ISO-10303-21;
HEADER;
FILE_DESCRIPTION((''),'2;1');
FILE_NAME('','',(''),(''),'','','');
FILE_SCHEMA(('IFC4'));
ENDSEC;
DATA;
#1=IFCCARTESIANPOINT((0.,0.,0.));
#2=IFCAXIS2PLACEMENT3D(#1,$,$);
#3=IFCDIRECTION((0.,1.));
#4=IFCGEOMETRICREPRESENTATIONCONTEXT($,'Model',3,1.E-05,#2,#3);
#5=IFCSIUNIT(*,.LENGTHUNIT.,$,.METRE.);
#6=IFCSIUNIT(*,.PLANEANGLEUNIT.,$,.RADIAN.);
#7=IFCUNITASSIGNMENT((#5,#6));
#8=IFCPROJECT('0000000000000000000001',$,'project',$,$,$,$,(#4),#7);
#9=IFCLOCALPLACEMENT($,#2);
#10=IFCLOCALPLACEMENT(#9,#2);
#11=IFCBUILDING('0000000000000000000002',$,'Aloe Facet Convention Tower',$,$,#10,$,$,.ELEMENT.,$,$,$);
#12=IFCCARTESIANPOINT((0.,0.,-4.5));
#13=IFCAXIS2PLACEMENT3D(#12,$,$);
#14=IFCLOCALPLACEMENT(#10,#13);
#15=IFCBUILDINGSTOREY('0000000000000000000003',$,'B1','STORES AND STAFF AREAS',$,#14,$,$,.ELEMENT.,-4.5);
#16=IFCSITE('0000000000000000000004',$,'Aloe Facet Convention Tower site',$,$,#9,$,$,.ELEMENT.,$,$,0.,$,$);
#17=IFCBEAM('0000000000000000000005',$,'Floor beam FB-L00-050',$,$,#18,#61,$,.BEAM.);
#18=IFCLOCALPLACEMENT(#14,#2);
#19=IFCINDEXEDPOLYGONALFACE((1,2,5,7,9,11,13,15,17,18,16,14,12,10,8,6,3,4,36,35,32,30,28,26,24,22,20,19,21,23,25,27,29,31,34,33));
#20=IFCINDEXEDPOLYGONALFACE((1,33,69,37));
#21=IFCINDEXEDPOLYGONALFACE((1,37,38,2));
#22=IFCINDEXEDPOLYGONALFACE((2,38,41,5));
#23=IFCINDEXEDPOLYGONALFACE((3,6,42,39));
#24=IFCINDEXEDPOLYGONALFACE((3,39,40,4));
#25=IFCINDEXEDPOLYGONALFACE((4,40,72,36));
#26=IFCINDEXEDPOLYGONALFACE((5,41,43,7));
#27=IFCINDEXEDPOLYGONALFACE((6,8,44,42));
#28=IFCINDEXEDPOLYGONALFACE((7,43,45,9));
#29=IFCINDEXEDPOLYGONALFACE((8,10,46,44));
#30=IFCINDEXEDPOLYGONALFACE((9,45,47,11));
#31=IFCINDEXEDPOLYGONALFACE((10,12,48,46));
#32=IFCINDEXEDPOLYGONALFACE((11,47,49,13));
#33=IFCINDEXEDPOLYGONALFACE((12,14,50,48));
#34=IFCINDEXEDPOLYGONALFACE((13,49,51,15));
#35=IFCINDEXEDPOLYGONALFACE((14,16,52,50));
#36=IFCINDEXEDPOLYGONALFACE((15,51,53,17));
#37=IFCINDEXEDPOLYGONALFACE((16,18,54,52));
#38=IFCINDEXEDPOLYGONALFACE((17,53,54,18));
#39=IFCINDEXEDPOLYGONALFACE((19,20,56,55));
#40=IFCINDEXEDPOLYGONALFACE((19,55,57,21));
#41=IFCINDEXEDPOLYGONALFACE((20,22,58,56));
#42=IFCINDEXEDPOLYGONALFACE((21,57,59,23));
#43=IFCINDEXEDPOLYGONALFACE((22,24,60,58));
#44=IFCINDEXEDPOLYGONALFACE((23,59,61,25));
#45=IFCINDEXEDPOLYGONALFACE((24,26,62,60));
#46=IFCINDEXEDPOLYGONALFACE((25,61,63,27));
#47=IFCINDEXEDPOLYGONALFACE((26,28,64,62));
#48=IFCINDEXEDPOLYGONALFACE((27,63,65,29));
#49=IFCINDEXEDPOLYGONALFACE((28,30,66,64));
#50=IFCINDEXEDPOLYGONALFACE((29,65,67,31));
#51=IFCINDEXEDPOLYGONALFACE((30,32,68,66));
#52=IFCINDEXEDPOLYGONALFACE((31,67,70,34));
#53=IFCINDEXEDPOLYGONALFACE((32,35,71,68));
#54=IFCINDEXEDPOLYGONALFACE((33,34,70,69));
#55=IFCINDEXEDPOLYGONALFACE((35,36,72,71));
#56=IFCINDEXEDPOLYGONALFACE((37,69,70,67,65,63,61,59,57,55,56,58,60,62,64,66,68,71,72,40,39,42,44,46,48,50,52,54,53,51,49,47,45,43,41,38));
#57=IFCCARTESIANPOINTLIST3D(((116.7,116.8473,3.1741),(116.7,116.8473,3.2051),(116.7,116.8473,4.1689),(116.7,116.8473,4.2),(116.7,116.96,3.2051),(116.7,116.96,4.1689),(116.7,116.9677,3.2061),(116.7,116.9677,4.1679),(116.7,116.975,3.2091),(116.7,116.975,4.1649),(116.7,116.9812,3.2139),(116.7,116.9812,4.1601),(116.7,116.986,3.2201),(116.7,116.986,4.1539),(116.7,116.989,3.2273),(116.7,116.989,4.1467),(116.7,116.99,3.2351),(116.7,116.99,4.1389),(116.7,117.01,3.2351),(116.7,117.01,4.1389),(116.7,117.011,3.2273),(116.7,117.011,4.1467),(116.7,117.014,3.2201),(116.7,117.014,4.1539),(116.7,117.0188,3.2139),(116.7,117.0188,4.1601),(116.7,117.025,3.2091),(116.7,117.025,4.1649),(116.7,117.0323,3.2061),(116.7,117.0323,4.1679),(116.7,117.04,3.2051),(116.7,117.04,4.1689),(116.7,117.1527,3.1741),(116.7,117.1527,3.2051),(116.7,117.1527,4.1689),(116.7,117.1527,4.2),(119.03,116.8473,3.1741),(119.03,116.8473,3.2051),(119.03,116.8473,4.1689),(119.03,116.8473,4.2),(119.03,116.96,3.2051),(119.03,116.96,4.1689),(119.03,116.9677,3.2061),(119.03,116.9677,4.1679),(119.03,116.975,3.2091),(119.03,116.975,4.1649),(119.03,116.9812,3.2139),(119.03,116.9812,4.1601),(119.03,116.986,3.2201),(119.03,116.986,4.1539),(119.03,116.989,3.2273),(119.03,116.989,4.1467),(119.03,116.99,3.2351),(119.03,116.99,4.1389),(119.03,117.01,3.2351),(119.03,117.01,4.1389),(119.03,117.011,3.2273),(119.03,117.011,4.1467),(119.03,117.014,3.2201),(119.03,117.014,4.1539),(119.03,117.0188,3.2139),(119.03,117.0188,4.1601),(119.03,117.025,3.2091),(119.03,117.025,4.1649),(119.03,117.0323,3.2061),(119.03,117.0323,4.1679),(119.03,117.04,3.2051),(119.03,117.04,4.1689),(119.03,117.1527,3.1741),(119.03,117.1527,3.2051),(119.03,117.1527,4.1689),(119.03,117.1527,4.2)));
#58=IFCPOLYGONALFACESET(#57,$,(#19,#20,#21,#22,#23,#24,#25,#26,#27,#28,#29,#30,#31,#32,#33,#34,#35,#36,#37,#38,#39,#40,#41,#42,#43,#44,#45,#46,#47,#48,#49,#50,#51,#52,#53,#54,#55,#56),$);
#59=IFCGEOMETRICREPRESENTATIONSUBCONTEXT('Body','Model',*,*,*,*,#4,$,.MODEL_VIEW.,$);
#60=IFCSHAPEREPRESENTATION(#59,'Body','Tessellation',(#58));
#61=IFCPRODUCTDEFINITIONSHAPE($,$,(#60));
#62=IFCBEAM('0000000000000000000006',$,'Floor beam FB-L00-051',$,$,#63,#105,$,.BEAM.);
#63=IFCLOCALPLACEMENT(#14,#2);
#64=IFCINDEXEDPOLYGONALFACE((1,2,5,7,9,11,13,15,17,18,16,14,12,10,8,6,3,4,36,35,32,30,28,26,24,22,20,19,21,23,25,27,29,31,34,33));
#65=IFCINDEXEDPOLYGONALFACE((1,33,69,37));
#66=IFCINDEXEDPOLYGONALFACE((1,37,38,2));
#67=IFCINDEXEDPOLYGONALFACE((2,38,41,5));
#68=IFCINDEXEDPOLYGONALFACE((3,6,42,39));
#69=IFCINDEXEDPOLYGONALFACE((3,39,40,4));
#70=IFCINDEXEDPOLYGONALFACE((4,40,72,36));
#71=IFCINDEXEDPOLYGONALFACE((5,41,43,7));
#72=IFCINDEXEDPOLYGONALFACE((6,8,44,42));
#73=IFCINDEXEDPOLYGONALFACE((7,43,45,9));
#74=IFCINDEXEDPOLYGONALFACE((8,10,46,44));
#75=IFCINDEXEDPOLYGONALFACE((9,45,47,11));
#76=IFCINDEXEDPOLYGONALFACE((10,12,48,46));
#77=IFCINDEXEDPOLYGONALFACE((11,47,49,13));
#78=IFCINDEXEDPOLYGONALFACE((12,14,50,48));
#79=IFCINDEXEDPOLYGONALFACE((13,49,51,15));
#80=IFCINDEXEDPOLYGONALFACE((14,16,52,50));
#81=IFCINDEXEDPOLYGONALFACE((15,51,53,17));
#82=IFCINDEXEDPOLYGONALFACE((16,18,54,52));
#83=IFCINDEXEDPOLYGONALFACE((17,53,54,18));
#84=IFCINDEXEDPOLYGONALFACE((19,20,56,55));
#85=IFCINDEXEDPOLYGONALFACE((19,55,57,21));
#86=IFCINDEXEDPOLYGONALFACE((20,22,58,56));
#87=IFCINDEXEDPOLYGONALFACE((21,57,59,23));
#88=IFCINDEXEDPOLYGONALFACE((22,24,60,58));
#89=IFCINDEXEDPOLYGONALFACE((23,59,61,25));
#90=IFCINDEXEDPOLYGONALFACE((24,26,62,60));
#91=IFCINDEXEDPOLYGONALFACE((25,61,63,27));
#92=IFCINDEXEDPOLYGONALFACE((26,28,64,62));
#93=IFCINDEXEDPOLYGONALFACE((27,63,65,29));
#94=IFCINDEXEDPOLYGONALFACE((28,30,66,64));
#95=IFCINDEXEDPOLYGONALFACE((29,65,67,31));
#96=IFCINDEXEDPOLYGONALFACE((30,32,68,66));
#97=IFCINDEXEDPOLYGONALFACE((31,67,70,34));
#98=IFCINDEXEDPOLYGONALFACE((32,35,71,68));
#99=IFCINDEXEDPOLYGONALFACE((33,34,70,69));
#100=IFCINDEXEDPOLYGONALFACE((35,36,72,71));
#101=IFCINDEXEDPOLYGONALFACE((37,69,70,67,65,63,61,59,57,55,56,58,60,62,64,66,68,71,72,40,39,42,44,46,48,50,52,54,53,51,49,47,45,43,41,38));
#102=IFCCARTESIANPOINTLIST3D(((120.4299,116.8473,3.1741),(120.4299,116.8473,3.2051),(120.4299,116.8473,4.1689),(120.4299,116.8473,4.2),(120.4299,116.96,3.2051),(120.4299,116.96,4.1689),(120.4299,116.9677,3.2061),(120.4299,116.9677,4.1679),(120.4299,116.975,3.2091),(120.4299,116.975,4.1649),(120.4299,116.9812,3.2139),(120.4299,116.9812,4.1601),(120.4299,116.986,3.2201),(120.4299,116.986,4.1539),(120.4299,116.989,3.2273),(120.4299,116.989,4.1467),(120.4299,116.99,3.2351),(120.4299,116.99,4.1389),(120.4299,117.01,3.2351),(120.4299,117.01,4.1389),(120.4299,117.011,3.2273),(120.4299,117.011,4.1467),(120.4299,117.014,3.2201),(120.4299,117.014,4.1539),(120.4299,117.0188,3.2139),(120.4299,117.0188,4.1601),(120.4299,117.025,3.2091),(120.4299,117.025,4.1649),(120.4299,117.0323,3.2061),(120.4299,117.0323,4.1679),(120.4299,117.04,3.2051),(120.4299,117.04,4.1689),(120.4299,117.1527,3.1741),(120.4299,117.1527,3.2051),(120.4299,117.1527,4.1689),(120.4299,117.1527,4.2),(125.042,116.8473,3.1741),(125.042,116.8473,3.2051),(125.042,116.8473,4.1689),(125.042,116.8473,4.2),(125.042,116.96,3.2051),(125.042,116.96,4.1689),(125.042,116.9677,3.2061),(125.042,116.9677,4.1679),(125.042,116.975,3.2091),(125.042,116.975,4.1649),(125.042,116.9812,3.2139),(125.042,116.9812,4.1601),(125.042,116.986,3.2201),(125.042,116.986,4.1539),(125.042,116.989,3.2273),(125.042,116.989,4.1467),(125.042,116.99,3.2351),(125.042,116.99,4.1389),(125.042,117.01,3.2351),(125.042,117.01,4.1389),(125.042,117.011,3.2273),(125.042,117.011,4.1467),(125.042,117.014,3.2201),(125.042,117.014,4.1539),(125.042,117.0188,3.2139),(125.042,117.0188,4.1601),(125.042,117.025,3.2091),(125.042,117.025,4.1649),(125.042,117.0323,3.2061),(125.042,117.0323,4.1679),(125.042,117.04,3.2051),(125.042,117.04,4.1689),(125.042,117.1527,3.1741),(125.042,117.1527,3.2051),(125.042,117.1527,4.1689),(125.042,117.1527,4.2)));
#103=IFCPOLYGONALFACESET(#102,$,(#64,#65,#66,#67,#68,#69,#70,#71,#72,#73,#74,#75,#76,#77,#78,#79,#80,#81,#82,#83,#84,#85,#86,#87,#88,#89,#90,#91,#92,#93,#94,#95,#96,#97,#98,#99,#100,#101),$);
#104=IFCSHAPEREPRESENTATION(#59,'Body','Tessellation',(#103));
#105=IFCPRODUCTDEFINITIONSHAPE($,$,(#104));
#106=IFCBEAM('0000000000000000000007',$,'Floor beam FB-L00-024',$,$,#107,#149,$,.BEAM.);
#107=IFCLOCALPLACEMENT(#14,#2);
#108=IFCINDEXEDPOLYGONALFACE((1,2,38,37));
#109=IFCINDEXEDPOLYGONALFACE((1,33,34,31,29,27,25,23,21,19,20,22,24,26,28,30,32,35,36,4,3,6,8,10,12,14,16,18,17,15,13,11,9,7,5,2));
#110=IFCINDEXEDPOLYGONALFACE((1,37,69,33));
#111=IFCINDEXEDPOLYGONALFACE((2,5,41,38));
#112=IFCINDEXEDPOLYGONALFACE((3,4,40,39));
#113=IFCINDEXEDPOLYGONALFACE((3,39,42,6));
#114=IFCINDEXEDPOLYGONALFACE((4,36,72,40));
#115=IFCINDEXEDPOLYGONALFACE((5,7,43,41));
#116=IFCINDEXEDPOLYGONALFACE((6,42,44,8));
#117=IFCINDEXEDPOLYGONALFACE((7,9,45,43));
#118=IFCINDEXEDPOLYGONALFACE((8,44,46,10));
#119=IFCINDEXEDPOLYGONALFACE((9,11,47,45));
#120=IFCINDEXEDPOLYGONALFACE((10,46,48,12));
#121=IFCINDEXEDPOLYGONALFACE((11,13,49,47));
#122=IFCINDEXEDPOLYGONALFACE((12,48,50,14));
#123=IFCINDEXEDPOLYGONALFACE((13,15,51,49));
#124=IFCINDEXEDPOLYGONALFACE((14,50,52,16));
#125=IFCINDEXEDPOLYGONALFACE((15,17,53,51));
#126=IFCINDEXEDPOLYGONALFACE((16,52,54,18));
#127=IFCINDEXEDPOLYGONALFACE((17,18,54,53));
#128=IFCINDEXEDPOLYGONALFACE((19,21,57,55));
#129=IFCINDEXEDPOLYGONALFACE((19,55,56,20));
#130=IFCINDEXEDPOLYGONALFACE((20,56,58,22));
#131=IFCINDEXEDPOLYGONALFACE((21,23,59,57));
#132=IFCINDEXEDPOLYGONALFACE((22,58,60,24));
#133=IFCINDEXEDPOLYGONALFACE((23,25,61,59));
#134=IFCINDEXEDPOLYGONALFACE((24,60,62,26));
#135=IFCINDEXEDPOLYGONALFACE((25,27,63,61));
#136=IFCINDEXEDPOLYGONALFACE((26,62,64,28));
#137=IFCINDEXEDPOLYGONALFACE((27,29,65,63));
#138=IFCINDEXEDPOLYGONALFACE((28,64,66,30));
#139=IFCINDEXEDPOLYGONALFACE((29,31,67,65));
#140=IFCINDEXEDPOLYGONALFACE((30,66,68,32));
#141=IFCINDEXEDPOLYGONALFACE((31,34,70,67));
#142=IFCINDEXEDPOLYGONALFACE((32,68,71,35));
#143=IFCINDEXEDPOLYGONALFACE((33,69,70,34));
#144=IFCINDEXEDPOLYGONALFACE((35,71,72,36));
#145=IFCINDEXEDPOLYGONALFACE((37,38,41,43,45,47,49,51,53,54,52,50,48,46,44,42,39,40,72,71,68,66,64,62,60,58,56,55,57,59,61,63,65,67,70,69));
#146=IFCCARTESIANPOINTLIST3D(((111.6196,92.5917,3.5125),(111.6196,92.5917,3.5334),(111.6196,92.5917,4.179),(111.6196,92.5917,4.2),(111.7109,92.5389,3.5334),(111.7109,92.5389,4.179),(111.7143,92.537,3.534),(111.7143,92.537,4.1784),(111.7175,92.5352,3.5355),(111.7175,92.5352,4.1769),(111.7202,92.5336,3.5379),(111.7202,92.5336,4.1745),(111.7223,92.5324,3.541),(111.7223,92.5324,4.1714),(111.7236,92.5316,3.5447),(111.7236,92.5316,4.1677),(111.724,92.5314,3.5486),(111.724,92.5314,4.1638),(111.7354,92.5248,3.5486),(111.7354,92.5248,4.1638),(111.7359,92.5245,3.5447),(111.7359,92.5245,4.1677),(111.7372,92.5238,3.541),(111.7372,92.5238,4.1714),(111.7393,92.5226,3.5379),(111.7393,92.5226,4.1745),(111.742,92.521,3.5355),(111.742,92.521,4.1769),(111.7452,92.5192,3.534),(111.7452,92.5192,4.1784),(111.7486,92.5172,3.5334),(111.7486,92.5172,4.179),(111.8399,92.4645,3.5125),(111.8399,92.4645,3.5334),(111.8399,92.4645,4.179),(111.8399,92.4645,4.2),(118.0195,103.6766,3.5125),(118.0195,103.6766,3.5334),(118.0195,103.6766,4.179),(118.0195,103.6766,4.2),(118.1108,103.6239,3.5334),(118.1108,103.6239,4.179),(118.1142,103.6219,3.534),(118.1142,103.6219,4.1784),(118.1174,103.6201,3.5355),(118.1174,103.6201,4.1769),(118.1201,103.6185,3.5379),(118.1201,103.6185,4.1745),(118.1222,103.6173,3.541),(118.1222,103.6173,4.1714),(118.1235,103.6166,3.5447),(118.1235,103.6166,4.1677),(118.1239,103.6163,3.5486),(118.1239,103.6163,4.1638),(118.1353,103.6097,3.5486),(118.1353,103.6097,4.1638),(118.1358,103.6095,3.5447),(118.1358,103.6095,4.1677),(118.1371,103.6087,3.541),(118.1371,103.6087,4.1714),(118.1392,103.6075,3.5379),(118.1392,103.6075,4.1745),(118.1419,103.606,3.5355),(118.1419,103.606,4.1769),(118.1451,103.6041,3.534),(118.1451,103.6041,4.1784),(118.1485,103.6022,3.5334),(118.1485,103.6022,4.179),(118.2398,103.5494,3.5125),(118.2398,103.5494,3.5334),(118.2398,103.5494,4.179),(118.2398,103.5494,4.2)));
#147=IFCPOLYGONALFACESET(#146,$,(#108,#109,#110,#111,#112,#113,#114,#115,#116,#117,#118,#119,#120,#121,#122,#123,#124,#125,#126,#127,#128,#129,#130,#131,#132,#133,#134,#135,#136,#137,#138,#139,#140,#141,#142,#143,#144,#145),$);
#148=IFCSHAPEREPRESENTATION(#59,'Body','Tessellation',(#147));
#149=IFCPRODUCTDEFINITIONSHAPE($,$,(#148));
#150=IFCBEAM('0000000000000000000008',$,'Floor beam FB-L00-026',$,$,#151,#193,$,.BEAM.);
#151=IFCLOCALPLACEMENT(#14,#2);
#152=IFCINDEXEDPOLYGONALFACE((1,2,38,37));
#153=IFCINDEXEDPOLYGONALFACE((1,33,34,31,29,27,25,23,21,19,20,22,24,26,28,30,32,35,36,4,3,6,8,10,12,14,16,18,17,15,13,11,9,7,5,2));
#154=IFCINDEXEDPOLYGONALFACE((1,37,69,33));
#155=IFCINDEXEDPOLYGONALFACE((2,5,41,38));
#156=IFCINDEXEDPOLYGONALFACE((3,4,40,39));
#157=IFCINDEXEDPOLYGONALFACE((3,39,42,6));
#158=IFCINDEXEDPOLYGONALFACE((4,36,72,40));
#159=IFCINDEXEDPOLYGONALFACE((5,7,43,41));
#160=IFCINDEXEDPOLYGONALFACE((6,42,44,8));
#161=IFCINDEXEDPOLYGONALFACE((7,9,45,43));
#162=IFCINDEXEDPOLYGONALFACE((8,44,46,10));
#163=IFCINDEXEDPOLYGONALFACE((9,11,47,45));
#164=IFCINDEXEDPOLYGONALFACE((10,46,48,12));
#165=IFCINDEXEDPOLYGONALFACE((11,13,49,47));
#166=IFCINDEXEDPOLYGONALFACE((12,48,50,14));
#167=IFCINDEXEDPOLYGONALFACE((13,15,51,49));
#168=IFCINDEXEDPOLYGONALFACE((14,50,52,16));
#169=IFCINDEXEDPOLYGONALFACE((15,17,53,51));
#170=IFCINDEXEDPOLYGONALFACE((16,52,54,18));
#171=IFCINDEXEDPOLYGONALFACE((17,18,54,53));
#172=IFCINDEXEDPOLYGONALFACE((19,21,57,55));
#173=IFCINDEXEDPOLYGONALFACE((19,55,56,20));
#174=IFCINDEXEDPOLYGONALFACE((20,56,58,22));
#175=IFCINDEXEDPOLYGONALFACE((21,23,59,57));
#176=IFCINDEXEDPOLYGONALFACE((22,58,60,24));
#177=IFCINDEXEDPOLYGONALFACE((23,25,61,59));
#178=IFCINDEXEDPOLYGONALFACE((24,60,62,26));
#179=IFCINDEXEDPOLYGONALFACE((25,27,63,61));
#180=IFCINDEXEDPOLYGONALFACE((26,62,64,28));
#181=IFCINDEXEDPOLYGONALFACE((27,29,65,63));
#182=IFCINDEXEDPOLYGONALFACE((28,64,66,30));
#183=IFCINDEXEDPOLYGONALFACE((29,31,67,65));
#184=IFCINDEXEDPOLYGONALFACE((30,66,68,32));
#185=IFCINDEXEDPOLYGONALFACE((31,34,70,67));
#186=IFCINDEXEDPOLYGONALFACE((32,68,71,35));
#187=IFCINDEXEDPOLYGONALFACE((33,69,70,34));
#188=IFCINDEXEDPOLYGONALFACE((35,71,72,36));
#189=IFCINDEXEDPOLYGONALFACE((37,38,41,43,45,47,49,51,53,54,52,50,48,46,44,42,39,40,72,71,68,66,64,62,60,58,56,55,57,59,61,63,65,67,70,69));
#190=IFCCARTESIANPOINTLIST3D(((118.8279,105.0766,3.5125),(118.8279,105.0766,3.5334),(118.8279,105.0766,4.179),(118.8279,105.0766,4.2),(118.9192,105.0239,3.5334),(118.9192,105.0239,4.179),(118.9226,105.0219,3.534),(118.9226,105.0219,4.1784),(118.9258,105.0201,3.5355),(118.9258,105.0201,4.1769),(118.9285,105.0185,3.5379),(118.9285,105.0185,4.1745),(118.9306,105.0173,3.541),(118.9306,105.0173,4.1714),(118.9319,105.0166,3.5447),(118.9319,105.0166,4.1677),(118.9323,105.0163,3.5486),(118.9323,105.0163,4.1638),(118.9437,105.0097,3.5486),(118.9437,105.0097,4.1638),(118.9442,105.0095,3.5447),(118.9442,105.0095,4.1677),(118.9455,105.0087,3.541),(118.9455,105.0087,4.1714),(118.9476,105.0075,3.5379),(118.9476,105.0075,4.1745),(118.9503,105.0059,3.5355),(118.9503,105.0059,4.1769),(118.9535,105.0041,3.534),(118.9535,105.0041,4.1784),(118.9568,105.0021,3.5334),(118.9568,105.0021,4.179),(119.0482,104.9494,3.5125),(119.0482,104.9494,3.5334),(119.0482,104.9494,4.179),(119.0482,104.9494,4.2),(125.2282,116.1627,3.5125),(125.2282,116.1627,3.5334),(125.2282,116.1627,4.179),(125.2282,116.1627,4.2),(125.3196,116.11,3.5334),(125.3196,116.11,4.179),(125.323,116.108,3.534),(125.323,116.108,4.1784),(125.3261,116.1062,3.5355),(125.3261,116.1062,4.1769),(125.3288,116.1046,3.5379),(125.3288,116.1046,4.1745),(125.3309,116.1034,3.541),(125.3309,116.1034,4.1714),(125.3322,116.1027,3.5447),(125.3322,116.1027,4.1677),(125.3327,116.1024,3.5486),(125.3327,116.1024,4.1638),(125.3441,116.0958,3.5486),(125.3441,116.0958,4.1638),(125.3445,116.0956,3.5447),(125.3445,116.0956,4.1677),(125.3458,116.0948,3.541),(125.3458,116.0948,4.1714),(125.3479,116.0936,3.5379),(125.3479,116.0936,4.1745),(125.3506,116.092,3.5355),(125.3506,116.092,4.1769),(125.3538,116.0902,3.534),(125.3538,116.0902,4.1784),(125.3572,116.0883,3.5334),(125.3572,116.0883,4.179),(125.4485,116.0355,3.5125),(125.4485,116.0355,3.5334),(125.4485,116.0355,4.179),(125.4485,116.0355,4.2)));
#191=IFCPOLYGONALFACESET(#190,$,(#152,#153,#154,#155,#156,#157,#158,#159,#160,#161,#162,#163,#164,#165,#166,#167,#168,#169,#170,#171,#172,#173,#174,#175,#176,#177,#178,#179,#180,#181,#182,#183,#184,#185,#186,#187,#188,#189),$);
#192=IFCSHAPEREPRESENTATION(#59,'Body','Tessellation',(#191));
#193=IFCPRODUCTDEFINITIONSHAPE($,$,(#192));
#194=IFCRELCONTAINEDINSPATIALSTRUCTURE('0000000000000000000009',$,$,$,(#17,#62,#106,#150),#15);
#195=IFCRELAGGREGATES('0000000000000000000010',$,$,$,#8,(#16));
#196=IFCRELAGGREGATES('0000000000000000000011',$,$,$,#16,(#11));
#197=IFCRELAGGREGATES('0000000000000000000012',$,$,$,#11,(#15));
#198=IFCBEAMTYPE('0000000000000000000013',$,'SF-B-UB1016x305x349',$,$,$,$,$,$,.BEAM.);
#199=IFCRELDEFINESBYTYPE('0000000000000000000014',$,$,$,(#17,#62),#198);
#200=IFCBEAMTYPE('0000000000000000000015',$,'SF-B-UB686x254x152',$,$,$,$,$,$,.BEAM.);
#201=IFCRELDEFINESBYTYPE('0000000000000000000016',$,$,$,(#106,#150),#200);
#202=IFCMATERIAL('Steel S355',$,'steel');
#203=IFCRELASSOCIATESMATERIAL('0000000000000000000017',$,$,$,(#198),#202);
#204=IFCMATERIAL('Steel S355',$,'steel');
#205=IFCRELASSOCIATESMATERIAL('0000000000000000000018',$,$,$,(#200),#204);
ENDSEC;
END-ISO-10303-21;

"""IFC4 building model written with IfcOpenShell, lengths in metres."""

from ifc_helpers import new_model, si_unit, direction, frame, origin, origin_2d, place, context, subcontext, project, spatial, i_section, extrude, material, material_profile, profile_set, type_object, element, save


model = new_model("IFC4")

# Units and contexts
model_context = context("Model", 3, precision=1e-05, world=origin(), true_north=direction((0.0, 1.0)))
body_context = subcontext(model_context, "Body", "Model", "MODEL_VIEW")
ifc_project = project(units=[si_unit("LENGTHUNIT", "METRE"), si_unit("PLANEANGLEUNIT", "RADIAN")], contexts=[model_context])

# Site, building, storey
site_placement = place(None, origin())
site = spatial("IfcSite", under=ifc_project, at=site_placement, Name="Aloe Facet Convention Tower site", CompositionType="ELEMENT", RefElevation=0.0)
building_placement = place(site_placement, origin())
building = spatial("IfcBuilding", under=site, at=building_placement, Name="Aloe Facet Convention Tower", CompositionType="ELEMENT")
storey_placement = place(building_placement, frame((0.0, 0.0, -4.5)))
storey = spatial("IfcBuildingStorey", under=building, at=storey_placement, Name="B1", Description="STORES AND STAFF AREAS", CompositionType="ELEMENT", Elevation=-4.5)

# Beams
ifc_material_1 = material(Name="Steel S355", Category="steel")
ifc_material_profile_1 = material_profile(ifc_material_1, i_section(OverallWidth=0.3054, OverallDepth=1.0259, WebThickness=0.02, FlangeThickness=0.031, FilletRadius=0.03, at=origin_2d()), Name="UB 1016x305x349")
ifc_profile_set_1 = profile_set([ifc_material_profile_1], Name="Steel S355")
beam_type_1 = type_object("IfcBeamType", Name="SF-B-UB1016x305x349", PredefinedType="BEAM", material=ifc_profile_set_1)
beam_1_placement = place(storey_placement, frame((116.7, 117.0, 3.687), z_axis=(1.0, 0.0, 0.0), x_axis=(0.0, 1.0, 0.0)))
element("IfcBeam", 1, at=beam_1_placement, inside=storey, type_object=beam_type_1, Name="Floor beam FB-L00-050", PredefinedType="BEAM", context=body_context, shape_type="SweptSolid", body=[
    extrude(i_section(OverallWidth=0.3054, OverallDepth=1.0259, WebThickness=0.02, FlangeThickness=0.031, FilletRadius=0.03, at=origin_2d()), origin(), (0.0, 0.0, 1.0), 2.3301),
])
beam_2_placement = place(storey_placement, frame((120.4299, 117.0, 3.687), z_axis=(1.0, 0.0, 0.0), x_axis=(0.0, 1.0, 0.0)))
element("IfcBeam", 2, at=beam_2_placement, inside=storey, type_object=beam_type_1, Name="Floor beam FB-L00-051", PredefinedType="BEAM", context=body_context, shape_type="SweptSolid", body=[
    extrude(i_section(OverallWidth=0.3054, OverallDepth=1.0259, WebThickness=0.02, FlangeThickness=0.031, FilletRadius=0.03, at=origin_2d()), origin(), (0.0, 0.0, 1.0), 4.6121),
])
ifc_material_2 = material(Name="Steel S355", Category="steel")
ifc_material_profile_2 = material_profile(ifc_material_2, i_section(OverallWidth=0.2544, OverallDepth=0.6875, WebThickness=0.0132, FlangeThickness=0.021, FilletRadius=0.0151, at=origin_2d()), Name="UB 686x254x152")
ifc_profile_set_2 = profile_set([ifc_material_profile_2], Name="Steel S355")
beam_type_2 = type_object("IfcBeamType", Name="SF-B-UB686x254x152", PredefinedType="BEAM", material=ifc_profile_set_2)
beam_3_placement = place(storey_placement, frame((118.1296, 103.613, 3.8562), z_axis=(-0.5, -0.866025, 0.0), x_axis=(0.866025, -0.5, 0.0)))
element("IfcBeam", 3, at=beam_3_placement, inside=storey, type_object=beam_type_2, Name="Floor beam FB-L00-024", PredefinedType="BEAM", context=body_context, shape_type="SweptSolid", body=[
    extrude(i_section(OverallWidth=0.2544, OverallDepth=0.6875, WebThickness=0.0132, FlangeThickness=0.021, FilletRadius=0.0151, at=origin_2d()), origin(), (0.0, 0.0, 1.0), 12.7998),
])
beam_4_placement = place(storey_placement, frame((125.3384, 116.0991, 3.8562), z_axis=(-0.499987, -0.866033, 0.0), x_axis=(0.866033, -0.499987, 0.0)))
element("IfcBeam", 4, at=beam_4_placement, inside=storey, type_object=beam_type_2, Name="Floor beam FB-L00-026", PredefinedType="BEAM", context=body_context, shape_type="SweptSolid", body=[
    extrude(i_section(OverallWidth=0.2544, OverallDepth=0.6875, WebThickness=0.0132, FlangeThickness=0.021, FilletRadius=0.0151, at=origin_2d()), origin(), (0.0, 0.0, 1.0), 12.801),
])

save(model, "model.ifc")
